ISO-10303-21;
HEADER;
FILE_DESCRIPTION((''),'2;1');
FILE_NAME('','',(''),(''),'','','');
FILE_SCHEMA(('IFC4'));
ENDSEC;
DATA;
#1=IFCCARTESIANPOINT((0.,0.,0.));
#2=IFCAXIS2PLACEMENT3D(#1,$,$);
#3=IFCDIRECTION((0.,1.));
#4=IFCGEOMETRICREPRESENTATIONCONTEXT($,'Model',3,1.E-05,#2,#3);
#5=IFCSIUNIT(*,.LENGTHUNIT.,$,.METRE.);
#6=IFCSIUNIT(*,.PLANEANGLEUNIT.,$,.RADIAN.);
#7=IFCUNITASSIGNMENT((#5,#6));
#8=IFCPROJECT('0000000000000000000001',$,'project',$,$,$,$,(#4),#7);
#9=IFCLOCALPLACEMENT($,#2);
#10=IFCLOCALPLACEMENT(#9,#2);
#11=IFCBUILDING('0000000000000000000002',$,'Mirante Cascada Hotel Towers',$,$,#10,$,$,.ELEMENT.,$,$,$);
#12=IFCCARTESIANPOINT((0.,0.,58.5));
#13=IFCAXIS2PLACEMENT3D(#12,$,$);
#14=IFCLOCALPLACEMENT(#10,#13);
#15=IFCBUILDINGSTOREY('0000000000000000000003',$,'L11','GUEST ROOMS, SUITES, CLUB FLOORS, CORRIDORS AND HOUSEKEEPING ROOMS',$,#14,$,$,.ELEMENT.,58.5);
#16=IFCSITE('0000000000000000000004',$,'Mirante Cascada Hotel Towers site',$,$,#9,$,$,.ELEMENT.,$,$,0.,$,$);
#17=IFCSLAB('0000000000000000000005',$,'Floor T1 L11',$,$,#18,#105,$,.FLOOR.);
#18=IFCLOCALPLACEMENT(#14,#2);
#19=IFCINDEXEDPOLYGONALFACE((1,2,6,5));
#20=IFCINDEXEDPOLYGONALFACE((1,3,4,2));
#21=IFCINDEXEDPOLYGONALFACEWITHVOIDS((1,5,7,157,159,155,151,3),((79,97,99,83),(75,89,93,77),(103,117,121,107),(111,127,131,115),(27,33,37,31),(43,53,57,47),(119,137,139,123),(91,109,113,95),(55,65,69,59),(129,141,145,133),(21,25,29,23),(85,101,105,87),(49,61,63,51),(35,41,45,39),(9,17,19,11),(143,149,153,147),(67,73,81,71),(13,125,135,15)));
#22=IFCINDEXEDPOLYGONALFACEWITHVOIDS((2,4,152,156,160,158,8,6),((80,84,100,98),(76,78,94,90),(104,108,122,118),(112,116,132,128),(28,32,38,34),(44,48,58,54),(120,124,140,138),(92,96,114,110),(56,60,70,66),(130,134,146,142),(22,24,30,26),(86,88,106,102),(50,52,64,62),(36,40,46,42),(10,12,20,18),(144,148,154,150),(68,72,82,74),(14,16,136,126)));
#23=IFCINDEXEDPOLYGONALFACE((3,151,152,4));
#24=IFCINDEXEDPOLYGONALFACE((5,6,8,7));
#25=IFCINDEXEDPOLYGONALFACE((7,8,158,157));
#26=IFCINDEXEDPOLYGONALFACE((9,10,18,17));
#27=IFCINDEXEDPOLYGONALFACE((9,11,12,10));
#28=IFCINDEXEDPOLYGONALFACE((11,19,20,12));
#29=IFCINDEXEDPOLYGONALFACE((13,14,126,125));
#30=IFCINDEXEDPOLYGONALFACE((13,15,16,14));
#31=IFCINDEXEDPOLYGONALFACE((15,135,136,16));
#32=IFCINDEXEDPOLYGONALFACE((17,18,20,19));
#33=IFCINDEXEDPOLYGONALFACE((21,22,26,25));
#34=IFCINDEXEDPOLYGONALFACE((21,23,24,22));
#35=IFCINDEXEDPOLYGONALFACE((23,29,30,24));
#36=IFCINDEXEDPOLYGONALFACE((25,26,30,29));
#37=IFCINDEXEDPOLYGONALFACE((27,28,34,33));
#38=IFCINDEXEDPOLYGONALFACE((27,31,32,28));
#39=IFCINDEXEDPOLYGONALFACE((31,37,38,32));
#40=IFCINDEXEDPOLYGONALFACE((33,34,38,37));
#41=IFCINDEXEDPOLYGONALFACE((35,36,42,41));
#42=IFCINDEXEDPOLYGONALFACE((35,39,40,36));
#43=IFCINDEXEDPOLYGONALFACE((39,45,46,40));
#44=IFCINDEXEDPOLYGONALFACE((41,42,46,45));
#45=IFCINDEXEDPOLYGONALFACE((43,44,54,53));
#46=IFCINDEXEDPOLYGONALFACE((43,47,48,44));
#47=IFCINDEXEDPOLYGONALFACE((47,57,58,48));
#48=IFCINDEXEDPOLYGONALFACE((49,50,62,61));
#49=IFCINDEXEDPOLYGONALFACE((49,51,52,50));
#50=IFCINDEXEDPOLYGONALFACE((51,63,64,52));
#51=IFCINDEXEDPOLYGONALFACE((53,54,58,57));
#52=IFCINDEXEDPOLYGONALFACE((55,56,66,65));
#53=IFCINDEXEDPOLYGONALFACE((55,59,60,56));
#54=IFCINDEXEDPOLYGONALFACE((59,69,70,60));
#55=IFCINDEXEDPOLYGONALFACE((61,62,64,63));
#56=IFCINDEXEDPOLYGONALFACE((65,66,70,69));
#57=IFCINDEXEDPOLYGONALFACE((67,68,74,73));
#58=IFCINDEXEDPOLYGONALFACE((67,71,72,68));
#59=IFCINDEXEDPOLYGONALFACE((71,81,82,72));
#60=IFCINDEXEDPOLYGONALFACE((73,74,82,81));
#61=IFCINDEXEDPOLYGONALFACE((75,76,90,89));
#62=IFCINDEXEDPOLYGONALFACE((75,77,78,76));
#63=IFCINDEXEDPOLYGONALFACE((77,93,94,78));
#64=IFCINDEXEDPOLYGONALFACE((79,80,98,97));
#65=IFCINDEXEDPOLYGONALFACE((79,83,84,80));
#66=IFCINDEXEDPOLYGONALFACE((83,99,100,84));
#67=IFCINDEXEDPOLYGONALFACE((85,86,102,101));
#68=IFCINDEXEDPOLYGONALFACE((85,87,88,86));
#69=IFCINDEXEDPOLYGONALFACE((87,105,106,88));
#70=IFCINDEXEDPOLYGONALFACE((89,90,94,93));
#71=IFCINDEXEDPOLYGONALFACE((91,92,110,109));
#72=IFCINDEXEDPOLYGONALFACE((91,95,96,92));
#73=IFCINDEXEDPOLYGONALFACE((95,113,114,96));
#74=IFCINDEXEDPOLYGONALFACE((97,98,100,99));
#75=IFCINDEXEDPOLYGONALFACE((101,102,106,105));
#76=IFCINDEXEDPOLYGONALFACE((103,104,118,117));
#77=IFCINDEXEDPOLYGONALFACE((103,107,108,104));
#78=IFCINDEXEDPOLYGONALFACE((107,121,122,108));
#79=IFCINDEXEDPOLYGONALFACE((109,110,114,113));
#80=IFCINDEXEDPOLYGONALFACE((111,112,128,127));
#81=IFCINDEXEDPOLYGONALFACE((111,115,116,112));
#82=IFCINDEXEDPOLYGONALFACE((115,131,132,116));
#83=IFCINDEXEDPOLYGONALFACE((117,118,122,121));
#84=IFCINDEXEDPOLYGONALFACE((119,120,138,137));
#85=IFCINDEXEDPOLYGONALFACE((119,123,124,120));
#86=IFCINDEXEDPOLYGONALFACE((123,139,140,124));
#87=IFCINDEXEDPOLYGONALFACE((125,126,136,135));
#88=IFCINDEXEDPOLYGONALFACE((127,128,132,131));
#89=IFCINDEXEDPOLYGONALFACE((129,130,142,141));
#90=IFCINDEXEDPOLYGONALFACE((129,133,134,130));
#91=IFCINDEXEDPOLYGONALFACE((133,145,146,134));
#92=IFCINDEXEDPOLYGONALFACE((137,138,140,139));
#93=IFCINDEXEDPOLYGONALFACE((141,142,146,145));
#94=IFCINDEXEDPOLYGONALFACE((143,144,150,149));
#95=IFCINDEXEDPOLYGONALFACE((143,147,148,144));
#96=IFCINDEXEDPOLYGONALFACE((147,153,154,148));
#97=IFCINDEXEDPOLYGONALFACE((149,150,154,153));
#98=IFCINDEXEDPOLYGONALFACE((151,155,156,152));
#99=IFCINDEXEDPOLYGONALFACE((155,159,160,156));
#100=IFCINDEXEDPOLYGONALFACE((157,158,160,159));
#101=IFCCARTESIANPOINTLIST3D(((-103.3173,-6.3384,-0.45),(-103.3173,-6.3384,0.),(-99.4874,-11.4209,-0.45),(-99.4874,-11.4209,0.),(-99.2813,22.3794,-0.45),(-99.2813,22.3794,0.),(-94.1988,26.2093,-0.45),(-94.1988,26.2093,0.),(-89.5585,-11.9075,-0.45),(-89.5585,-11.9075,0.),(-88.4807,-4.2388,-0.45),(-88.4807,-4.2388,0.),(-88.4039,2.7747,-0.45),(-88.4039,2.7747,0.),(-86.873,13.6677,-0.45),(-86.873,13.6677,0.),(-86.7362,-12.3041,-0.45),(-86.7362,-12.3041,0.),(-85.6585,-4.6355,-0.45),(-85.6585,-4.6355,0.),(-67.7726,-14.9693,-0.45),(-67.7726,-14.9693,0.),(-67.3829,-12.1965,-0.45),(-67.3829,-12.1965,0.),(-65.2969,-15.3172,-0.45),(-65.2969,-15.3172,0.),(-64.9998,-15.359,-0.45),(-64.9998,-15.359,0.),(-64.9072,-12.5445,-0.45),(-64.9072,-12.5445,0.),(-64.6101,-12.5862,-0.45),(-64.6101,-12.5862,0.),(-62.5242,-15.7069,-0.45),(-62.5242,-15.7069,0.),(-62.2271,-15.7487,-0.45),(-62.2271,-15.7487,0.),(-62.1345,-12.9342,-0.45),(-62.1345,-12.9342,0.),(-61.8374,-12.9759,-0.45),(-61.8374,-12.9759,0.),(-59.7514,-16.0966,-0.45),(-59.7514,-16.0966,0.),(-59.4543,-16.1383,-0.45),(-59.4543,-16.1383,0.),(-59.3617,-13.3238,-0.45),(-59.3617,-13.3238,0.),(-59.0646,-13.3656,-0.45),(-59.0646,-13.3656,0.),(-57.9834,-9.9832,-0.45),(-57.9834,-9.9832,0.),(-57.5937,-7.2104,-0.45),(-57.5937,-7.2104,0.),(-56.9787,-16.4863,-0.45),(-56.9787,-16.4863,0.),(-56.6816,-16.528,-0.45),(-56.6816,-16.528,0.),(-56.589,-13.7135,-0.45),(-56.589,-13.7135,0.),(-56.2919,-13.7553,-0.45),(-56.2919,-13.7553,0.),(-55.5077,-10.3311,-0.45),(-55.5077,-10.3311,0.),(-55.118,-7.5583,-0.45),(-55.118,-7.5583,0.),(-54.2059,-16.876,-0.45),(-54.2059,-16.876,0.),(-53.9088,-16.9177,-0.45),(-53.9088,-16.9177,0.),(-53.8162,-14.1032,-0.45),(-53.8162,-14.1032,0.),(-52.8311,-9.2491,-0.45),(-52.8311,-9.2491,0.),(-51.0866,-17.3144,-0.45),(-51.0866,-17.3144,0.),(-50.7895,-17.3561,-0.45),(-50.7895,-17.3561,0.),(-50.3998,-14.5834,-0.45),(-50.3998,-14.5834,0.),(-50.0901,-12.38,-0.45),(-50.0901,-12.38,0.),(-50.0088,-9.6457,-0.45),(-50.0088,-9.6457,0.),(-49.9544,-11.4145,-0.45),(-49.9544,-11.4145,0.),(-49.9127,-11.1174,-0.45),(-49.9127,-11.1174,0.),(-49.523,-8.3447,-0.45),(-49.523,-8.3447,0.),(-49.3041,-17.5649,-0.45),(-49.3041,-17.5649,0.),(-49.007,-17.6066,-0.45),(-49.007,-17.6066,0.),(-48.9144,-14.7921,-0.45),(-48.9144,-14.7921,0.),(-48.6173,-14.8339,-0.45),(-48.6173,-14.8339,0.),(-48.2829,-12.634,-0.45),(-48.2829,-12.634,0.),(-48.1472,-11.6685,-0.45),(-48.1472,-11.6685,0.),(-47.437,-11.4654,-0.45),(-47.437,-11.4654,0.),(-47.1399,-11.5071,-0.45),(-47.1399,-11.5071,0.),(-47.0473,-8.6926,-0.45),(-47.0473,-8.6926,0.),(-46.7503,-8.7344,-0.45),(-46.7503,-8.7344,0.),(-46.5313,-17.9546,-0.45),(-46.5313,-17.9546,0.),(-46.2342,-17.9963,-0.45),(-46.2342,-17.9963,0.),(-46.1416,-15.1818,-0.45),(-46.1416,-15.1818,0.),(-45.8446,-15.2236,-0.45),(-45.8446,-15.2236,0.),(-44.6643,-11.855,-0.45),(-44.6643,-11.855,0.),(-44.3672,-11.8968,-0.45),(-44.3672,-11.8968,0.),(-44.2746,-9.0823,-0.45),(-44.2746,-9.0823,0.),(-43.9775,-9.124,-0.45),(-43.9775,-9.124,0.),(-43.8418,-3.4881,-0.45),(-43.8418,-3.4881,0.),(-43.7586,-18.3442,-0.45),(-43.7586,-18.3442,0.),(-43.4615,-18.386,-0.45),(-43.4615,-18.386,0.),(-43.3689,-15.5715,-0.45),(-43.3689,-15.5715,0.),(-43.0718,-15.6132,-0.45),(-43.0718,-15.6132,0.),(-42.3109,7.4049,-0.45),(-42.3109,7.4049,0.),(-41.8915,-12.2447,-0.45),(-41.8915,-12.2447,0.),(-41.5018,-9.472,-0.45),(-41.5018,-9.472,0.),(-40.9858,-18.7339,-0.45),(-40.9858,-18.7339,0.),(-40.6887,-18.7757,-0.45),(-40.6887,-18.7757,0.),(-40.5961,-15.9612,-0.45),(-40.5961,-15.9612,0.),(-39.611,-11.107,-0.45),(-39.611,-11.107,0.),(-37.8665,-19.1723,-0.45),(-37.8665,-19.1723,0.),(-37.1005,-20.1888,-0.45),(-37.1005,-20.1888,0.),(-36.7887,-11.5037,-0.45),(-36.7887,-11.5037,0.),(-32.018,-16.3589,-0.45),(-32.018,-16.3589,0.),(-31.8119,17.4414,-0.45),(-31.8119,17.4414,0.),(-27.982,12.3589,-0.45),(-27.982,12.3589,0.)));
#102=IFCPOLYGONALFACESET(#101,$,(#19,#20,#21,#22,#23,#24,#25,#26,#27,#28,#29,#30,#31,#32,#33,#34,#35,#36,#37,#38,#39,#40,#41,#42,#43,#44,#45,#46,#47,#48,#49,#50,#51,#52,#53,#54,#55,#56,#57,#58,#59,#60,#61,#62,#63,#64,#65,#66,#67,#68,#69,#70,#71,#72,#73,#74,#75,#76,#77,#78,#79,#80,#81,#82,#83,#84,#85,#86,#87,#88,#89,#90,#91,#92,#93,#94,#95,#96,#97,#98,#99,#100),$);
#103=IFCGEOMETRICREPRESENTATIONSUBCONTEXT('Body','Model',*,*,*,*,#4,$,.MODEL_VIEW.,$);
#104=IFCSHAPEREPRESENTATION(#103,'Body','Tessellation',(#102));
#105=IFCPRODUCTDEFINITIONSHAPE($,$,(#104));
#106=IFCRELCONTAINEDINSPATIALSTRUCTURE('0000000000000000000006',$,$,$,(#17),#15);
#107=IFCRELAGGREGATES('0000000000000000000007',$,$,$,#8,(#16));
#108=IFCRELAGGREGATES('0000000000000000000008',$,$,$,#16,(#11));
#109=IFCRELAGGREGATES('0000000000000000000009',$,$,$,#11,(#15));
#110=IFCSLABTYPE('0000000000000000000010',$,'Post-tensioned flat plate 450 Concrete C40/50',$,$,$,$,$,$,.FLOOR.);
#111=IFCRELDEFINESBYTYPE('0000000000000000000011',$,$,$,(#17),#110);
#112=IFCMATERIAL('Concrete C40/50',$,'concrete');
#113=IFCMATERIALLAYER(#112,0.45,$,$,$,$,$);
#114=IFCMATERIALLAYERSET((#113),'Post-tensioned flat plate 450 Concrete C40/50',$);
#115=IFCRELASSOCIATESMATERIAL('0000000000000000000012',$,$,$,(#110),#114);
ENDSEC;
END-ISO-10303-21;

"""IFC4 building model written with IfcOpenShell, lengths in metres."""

from ifc_helpers import new_model, si_unit, direction, frame, origin, place, context, subcontext, project, spatial, polyline, outline, extrude, material, layer, layer_set, type_object, element, save


model = new_model("IFC4")

# Units and contexts
model_context = context("Model", 3, precision=1e-05, world=origin(), true_north=direction((0.0, 1.0)))
body_context = subcontext(model_context, "Body", "Model", "MODEL_VIEW")
ifc_project = project(units=[si_unit("LENGTHUNIT", "METRE"), si_unit("PLANEANGLEUNIT", "RADIAN")], contexts=[model_context])

# Site, building, storey
site_placement = place(None, origin())
site = spatial("IfcSite", under=ifc_project, at=site_placement, Name="Mirante Cascada Hotel Towers site", CompositionType="ELEMENT", RefElevation=0.0)
building_placement = place(site_placement, origin())
building = spatial("IfcBuilding", under=site, at=building_placement, Name="Mirante Cascada Hotel Towers", CompositionType="ELEMENT")
storey_placement = place(building_placement, frame((0.0, 0.0, 58.5)))
storey = spatial("IfcBuildingStorey", under=building, at=storey_placement, Name="L11", Description="GUEST ROOMS, SUITES, CLUB FLOORS, CORRIDORS AND HOUSEKEEPING ROOMS", CompositionType="ELEMENT", Elevation=58.5)

# Slab
ifc_material_1 = material(Name="Concrete C40/50", Category="concrete")
ifc_layer_1 = layer(ifc_material_1, 0.45)
ifc_layer_set_1 = layer_set([ifc_layer_1], Name="Post-tensioned flat plate 450 Concrete C40/50")
slab_type = type_object("IfcSlabType", Name="Post-tensioned flat plate 450 Concrete C40/50", PredefinedType="FLOOR", material=ifc_layer_set_1)
slab_1_placement = place(storey_placement, frame((0.0, 0.0, -0.45)))
element("IfcSlab", 1, at=slab_1_placement, inside=storey, type_object=slab_type, Name="Floor T1 L11", PredefinedType="FLOOR", context=body_context, shape_type="SweptSolid", body=[
    extrude(outline(polyline([(-32.018, -16.3589), (-27.982, 12.3589), (-31.8119, 17.4414), (-94.1988, 26.2093), (-99.2813, 22.3794), (-103.3173, -6.3384), (-99.4874, -11.4209), (-37.1005, -20.1888), (-32.018, -16.3589)]), holes=[polyline([(-43.0718, -15.6132), (-40.5961, -15.9612), (-40.9858, -18.7339), (-43.4615, -18.386), (-43.0718, -15.6132)]), polyline([(-45.8446, -15.2236), (-43.3689, -15.5715), (-43.7586, -18.3442), (-46.2342, -17.9963), (-45.8446, -15.2236)]), polyline([(-48.6173, -14.8339), (-46.1416, -15.1818), (-46.5313, -17.9546), (-49.007, -17.6066), (-48.6173, -14.8339)]), polyline([(-50.3998, -14.5834), (-48.9144, -14.7921), (-49.3041, -17.5649), (-50.7895, -17.3561), (-50.3998, -14.5834)]), polyline([(-36.7887, -11.5037), (-37.8665, -19.1723), (-40.6887, -18.7757), (-39.611, -11.107), (-36.7887, -11.5037)]), polyline([(-49.9544, -11.4145), (-48.1472, -11.6685), (-48.2829, -12.634), (-50.0901, -12.38), (-49.9544, -11.4145)]), polyline([(-43.9775, -9.124), (-41.5018, -9.472), (-41.8915, -12.2447), (-44.3672, -11.8968), (-43.9775, -9.124)]), polyline([(-47.1399, -11.5071), (-46.7503, -8.7344), (-44.2746, -9.0823), (-44.6643, -11.855), (-47.1399, -11.5071)]), polyline([(-49.9127, -11.1174), (-49.523, -8.3447), (-47.0473, -8.6926), (-47.437, -11.4654), (-49.9127, -11.1174)]), polyline([(-56.2919, -13.7553), (-53.8162, -14.1032), (-54.2059, -16.876), (-56.6816, -16.528), (-56.2919, -13.7553)]), polyline([(-59.0646, -13.3656), (-56.589, -13.7135), (-56.9787, -16.4863), (-59.4543, -16.1383), (-59.0646, -13.3656)]), polyline([(-61.8374, -12.9759), (-59.3617, -13.3238), (-59.7514, -16.0966), (-62.2271, -15.7487), (-61.8374, -12.9759)]), polyline([(-64.6101, -12.5862), (-62.1345, -12.9342), (-62.5242, -15.7069), (-64.9998, -15.359), (-64.6101, -12.5862)]), polyline([(-67.3829, -12.1965), (-64.9072, -12.5445), (-65.2969, -15.3172), (-67.7726, -14.9693), (-67.3829, -12.1965)]), polyline([(-50.0088, -9.6457), (-51.0866, -17.3144), (-53.9088, -16.9177), (-52.8311, -9.2491), (-50.0088, -9.6457)]), polyline([(-85.6585, -4.6355), (-86.7362, -12.3041), (-89.5585, -11.9075), (-88.4807, -4.2388), (-85.6585, -4.6355)]), polyline([(-57.9834, -9.9832), (-57.5937, -7.2104), (-55.118, -7.5583), (-55.5077, -10.3311), (-57.9834, -9.9832)]), polyline([(-88.4039, 2.7747), (-86.873, 13.6677), (-42.3109, 7.4049), (-43.8418, -3.4881), (-88.4039, 2.7747)])]), origin(), (0.0, 0.0, 1.0), 0.45),
])

save(model, "model.ifc")
